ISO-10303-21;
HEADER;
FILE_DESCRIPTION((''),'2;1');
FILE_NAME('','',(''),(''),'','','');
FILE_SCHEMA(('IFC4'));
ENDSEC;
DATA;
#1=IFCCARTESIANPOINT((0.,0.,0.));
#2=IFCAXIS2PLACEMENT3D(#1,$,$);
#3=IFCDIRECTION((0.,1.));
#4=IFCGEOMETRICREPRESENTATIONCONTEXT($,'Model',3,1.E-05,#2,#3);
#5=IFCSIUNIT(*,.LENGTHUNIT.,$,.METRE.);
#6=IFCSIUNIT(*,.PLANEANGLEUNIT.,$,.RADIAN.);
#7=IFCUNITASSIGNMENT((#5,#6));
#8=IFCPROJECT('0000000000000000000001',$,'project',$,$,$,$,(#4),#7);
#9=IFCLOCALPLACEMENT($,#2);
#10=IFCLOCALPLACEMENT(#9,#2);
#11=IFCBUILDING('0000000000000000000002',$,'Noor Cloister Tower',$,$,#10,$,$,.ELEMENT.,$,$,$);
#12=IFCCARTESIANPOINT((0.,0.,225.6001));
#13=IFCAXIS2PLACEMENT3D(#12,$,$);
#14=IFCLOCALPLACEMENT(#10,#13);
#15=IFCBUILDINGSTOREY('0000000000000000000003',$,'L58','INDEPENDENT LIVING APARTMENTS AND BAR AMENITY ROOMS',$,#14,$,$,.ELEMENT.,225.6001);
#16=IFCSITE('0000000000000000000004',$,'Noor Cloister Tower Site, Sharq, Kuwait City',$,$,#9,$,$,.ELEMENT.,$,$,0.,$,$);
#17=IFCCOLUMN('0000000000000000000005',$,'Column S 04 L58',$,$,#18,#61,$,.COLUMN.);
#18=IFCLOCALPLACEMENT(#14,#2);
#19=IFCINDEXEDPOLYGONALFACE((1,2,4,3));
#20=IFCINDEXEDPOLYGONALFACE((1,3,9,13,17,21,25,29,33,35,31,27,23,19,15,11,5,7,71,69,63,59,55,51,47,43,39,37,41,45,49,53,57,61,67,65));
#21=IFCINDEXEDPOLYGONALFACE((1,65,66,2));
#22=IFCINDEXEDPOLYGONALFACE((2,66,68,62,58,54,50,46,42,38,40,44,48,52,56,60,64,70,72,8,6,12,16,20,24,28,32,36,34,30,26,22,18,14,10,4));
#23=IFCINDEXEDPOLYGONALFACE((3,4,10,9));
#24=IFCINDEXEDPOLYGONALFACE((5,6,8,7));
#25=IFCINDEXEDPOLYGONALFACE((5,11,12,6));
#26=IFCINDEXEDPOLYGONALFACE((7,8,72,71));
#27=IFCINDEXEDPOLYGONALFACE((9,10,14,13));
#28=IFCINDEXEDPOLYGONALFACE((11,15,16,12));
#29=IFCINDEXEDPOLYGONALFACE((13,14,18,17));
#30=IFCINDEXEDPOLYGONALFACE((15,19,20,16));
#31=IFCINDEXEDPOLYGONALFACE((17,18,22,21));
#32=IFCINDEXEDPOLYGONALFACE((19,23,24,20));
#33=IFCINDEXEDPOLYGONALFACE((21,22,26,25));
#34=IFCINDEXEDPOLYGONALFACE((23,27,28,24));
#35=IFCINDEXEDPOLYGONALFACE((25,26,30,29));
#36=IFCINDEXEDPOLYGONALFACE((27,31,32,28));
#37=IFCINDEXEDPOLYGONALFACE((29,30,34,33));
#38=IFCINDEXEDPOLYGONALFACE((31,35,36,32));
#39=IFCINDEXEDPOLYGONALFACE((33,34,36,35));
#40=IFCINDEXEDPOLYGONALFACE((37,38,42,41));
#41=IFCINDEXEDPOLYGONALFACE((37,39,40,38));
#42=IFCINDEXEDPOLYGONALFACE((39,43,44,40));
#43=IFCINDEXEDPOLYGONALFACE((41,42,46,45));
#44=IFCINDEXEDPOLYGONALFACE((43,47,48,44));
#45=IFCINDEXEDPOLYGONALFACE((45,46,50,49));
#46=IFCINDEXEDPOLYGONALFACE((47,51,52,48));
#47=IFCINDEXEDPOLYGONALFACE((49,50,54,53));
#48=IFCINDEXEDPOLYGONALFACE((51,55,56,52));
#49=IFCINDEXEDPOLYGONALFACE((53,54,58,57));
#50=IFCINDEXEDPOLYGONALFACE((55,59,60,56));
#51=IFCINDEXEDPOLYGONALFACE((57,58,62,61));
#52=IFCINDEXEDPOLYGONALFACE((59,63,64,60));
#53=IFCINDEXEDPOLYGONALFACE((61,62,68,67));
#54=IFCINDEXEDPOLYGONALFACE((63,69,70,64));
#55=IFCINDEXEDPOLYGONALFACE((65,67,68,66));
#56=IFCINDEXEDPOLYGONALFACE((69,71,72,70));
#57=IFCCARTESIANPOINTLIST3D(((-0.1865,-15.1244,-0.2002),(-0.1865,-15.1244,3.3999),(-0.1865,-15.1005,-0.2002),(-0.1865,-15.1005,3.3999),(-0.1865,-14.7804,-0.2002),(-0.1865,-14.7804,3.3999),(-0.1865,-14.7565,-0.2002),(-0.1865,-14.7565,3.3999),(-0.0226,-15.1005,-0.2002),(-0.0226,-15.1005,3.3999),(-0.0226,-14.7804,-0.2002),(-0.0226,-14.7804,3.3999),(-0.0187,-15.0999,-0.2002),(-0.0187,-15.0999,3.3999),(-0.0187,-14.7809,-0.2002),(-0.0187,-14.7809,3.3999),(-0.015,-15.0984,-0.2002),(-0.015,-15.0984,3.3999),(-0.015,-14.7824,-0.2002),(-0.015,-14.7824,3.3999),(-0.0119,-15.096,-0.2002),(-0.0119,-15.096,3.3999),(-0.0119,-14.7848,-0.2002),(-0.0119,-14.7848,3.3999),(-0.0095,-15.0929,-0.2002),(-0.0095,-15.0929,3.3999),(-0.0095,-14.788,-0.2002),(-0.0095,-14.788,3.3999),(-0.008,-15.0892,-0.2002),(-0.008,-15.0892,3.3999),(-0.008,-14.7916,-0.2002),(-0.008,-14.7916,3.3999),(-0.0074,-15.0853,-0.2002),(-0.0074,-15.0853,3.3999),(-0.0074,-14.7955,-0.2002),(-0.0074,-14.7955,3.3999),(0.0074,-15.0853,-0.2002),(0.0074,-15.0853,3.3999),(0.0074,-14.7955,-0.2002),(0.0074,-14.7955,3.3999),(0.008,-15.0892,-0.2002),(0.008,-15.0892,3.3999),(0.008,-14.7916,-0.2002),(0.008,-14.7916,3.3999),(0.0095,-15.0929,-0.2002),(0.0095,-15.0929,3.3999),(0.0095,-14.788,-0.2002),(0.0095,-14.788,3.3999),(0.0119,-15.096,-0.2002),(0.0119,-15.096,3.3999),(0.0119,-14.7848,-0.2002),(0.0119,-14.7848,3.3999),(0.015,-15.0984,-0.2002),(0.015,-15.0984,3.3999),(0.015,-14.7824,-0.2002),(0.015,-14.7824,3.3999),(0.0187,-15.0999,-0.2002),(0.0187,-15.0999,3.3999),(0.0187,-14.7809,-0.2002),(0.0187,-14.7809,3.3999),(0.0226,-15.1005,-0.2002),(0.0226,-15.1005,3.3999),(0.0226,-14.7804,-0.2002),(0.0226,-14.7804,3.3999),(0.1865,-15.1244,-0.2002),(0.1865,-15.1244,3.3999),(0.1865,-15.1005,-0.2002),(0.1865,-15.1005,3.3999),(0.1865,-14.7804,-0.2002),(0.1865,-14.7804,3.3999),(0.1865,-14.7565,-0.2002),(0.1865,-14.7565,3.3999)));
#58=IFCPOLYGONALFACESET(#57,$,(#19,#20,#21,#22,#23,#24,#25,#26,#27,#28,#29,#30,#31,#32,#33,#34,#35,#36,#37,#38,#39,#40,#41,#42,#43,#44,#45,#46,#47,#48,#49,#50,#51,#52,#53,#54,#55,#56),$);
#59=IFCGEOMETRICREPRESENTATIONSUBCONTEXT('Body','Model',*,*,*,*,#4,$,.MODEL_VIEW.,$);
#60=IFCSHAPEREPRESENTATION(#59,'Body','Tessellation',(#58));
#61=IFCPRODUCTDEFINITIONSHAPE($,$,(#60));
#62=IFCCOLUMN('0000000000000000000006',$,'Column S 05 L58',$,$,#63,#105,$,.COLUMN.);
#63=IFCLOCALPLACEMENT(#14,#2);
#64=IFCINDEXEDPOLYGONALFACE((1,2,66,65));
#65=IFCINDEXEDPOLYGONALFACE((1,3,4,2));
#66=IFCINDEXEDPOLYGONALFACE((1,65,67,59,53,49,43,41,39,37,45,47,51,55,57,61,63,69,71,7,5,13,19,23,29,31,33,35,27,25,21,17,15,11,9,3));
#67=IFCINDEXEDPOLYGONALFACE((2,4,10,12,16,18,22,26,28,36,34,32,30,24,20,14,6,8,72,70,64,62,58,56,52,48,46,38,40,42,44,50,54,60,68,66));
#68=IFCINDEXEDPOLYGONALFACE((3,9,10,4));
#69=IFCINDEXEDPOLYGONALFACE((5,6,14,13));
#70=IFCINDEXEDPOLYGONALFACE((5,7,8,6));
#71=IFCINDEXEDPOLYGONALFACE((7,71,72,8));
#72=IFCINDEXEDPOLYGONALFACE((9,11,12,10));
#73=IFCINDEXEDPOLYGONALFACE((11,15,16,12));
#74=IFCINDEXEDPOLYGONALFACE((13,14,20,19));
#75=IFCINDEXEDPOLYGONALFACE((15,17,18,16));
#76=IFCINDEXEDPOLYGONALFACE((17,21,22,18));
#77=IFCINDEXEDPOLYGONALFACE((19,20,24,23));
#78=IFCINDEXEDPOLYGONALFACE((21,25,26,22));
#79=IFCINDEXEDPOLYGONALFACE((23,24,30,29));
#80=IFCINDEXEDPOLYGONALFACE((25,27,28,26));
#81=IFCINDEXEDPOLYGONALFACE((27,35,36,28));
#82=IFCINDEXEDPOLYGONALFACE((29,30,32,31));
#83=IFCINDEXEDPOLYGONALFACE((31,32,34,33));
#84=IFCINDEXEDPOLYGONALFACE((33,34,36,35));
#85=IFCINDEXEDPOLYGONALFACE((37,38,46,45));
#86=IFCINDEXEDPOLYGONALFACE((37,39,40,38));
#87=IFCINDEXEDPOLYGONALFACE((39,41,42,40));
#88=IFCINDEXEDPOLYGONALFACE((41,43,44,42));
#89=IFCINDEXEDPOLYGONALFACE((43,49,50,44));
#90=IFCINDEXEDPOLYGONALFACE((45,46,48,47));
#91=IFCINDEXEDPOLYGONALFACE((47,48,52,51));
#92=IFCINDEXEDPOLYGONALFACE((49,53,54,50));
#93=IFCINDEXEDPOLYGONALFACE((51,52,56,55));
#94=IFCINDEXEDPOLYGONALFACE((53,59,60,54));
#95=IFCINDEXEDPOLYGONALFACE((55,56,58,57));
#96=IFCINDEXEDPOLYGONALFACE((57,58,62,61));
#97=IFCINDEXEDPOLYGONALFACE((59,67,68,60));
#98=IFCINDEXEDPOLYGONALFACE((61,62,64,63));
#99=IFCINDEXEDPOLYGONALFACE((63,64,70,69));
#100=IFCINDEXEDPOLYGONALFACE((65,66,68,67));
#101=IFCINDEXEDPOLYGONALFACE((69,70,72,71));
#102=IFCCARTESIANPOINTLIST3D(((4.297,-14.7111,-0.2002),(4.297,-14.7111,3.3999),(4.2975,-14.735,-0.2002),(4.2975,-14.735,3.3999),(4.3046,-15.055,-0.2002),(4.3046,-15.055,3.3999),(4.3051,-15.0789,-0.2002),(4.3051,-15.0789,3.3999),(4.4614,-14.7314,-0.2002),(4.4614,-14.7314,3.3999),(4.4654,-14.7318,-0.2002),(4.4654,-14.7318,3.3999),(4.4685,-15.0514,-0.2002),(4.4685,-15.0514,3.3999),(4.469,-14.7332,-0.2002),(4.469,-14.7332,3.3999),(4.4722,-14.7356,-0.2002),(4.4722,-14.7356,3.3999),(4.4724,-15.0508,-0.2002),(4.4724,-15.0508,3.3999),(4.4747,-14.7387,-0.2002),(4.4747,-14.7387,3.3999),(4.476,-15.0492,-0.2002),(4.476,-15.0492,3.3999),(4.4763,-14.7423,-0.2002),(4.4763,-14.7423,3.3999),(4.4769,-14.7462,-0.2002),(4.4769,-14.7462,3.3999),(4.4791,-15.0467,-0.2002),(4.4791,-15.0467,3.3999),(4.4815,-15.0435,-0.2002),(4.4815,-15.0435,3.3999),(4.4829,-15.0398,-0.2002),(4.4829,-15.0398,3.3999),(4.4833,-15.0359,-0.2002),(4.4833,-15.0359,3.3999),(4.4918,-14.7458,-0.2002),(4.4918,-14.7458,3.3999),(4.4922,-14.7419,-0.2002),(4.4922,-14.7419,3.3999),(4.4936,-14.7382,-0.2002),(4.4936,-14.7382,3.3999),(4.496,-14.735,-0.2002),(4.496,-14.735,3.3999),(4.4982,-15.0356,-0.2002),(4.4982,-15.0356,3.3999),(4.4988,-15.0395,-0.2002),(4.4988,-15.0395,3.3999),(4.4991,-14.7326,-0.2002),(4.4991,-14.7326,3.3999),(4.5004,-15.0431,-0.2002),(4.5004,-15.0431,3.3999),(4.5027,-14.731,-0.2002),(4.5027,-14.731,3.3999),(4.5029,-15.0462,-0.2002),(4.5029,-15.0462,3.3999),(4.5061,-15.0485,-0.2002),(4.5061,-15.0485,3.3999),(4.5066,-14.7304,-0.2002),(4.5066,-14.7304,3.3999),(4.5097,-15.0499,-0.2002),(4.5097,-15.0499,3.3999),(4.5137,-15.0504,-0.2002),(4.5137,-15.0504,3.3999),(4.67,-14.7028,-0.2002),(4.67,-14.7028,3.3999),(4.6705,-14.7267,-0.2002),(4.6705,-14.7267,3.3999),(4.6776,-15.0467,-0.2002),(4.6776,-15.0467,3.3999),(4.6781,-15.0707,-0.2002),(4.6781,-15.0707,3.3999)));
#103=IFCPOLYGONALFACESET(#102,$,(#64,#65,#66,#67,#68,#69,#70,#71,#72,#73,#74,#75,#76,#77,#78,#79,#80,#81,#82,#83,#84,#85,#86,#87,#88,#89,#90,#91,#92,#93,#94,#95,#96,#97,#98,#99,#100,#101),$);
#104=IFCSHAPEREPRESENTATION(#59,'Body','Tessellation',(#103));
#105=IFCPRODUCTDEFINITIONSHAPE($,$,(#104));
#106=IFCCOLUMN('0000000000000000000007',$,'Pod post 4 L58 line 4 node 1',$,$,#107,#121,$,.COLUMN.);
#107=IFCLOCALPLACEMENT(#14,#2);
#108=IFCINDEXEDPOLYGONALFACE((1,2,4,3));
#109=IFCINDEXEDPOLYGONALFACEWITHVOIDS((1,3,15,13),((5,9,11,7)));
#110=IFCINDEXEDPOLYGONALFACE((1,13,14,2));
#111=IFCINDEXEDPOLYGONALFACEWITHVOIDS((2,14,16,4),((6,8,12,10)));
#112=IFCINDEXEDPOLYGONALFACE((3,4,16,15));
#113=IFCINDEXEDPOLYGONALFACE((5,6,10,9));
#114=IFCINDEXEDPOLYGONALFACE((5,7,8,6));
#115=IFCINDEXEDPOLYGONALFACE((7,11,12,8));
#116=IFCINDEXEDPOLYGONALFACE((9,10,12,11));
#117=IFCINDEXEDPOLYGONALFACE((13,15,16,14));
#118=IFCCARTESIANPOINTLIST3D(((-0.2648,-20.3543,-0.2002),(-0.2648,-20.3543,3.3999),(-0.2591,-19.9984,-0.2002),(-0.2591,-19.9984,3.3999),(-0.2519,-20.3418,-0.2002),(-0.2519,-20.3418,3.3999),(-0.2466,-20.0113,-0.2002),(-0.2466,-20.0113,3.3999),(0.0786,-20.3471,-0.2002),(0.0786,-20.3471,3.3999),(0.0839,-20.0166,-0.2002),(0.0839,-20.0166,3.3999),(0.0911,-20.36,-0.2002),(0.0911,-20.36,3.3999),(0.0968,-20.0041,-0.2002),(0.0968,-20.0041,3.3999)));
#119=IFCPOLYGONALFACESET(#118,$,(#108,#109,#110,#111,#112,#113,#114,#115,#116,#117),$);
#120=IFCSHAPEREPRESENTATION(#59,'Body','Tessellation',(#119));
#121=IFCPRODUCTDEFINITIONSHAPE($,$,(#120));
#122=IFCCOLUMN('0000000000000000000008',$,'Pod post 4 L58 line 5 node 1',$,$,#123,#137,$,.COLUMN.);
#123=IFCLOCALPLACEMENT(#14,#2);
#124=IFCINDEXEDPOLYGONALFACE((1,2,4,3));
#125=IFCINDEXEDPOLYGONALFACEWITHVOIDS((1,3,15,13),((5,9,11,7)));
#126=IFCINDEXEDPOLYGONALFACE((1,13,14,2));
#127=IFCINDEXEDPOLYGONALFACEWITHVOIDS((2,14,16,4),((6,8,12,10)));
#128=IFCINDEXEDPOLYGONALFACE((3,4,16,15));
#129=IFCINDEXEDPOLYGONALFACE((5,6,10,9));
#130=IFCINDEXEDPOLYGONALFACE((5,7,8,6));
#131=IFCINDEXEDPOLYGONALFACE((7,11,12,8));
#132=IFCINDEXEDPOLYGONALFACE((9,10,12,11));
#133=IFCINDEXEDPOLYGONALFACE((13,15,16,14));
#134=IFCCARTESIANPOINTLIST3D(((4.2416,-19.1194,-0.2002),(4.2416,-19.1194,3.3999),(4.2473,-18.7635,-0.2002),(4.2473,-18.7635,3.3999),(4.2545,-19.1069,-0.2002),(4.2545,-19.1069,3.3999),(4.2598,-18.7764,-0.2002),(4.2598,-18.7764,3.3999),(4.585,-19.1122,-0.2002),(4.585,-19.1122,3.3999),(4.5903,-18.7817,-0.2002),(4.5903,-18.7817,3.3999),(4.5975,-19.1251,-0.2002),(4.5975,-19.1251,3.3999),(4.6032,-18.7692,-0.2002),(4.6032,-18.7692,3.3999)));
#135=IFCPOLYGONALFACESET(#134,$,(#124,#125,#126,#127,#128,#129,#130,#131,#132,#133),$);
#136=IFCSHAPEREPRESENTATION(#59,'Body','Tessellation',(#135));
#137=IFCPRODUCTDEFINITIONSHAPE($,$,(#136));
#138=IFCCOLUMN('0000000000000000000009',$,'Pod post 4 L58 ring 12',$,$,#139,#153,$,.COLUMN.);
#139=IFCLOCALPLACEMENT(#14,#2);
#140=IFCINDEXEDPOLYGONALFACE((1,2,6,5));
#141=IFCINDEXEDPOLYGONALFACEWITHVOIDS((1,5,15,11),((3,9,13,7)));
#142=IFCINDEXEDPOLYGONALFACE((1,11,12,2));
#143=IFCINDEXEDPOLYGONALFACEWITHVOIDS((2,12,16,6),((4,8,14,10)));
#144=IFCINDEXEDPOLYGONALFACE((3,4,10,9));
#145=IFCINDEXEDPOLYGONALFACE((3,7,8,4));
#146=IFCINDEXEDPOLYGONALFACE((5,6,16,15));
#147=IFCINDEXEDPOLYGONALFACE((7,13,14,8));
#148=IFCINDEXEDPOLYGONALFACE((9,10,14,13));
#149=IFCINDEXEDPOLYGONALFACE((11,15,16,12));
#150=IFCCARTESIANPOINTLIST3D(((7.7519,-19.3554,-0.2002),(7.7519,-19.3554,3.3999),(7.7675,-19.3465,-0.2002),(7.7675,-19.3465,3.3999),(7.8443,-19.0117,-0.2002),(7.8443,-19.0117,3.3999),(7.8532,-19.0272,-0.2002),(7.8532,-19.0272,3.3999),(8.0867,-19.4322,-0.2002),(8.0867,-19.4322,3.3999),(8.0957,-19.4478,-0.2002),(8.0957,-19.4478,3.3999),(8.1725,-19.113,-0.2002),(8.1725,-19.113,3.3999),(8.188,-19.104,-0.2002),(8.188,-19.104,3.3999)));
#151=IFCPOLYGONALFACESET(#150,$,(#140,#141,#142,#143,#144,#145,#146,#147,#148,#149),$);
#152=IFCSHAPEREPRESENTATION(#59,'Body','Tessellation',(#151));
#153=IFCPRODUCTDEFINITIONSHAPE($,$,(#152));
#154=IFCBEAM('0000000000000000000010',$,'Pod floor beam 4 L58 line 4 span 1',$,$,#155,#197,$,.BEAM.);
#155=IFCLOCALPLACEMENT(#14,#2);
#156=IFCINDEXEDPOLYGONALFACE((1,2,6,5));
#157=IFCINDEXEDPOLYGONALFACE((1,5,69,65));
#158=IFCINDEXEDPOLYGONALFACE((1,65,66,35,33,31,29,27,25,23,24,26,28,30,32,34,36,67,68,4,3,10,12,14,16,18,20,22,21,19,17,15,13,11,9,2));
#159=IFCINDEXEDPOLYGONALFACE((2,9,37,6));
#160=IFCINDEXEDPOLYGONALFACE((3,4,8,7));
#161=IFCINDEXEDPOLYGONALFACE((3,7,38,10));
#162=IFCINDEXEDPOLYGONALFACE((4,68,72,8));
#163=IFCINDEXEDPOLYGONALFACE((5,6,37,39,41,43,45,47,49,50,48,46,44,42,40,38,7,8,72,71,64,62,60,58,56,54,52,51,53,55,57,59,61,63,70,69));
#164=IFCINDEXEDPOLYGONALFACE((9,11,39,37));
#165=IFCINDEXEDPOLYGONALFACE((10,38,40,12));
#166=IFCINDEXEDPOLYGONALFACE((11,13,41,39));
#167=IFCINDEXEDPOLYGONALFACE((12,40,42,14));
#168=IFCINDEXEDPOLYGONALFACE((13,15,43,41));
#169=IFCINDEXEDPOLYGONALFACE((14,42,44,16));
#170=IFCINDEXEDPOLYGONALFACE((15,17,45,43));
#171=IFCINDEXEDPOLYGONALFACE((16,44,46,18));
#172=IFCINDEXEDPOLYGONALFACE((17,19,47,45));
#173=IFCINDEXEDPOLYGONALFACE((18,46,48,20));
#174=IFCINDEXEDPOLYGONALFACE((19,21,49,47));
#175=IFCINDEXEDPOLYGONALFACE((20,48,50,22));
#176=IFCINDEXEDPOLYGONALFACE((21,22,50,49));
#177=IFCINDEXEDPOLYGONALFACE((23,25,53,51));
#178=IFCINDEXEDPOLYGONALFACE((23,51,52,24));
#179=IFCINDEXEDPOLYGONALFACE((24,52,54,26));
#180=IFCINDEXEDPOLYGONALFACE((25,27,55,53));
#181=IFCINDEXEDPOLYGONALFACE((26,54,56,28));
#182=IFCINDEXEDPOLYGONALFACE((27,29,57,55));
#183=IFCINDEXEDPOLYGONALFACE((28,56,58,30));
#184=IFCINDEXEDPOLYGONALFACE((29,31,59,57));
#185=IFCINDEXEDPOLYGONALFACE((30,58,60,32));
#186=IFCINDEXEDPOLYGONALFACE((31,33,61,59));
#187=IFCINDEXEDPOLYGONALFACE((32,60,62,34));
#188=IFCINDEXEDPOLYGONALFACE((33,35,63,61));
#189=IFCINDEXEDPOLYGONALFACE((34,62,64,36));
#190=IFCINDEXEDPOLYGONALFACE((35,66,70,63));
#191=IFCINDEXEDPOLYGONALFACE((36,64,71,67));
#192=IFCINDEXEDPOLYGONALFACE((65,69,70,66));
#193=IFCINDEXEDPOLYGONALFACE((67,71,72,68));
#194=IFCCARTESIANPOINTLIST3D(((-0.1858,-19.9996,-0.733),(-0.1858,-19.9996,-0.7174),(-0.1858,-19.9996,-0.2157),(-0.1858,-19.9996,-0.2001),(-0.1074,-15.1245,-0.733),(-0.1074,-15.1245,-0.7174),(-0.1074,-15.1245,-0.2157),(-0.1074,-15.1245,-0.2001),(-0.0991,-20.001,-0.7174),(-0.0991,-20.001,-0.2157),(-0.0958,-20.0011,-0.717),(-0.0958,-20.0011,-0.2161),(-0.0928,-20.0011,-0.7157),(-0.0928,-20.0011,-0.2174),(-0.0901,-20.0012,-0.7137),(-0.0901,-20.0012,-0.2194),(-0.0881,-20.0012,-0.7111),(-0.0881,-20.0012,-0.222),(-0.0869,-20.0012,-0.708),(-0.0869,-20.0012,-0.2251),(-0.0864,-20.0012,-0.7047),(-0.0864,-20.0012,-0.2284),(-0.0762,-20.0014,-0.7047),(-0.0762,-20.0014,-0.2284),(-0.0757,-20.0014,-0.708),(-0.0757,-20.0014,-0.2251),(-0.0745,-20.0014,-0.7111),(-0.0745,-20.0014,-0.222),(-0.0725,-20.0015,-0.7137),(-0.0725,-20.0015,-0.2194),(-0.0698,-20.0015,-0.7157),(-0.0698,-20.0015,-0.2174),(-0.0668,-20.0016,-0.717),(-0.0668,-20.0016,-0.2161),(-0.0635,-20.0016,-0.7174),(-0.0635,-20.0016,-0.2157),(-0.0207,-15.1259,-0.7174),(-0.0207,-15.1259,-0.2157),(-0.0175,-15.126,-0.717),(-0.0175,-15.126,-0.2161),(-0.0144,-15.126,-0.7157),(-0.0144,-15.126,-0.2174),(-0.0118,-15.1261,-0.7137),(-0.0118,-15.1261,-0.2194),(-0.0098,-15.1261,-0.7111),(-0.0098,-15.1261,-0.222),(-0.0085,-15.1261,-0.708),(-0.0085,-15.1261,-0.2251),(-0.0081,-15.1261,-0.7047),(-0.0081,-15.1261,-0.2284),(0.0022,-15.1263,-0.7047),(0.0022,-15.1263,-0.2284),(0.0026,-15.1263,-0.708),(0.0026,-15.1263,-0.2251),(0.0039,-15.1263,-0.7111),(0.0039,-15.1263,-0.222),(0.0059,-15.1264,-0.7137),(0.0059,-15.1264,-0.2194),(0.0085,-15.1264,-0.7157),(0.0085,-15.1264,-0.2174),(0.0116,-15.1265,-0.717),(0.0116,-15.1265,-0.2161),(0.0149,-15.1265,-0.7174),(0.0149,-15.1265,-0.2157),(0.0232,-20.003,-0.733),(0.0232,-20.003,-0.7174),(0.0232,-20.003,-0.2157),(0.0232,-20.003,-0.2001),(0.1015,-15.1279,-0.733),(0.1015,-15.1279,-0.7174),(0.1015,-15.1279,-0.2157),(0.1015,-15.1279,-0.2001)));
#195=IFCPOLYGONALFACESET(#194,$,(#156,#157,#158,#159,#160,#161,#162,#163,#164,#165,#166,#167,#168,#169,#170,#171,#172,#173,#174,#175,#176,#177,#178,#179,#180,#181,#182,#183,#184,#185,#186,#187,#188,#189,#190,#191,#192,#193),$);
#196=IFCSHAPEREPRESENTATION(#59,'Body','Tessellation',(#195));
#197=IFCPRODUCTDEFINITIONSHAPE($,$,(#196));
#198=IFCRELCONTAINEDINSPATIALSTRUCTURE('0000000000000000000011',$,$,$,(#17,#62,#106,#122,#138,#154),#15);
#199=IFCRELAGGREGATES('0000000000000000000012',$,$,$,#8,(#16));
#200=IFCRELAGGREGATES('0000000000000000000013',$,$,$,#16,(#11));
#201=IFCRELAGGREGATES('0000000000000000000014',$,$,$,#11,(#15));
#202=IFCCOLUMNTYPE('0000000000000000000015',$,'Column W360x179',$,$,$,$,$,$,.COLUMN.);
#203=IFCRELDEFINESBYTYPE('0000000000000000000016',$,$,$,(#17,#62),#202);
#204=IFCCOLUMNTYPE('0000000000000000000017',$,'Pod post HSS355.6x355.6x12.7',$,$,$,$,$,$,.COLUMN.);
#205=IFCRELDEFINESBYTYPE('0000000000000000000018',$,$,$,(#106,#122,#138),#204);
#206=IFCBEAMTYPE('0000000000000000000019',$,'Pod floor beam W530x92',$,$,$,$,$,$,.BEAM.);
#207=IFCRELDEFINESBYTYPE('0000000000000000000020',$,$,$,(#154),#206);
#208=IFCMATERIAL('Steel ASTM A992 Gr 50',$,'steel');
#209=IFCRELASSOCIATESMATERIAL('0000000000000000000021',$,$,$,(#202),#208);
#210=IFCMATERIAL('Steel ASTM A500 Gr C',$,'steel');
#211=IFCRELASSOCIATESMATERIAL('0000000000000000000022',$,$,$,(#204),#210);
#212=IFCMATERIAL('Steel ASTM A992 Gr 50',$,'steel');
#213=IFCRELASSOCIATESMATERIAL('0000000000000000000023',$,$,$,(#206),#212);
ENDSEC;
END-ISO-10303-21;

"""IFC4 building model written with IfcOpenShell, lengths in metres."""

from ifc_helpers import new_model, si_unit, direction, frame, origin, origin_2d, place, context, subcontext, project, spatial, hollow_rectangle, i_section, extrude, material, material_profile, profile_set, type_object, element, save


model = new_model("IFC4")

# Units and contexts
model_context = context("Model", 3, precision=1e-05, world=origin(), true_north=direction((0.0, 1.0)))
body_context = subcontext(model_context, "Body", "Model", "MODEL_VIEW")
ifc_project = project(units=[si_unit("LENGTHUNIT", "METRE"), si_unit("PLANEANGLEUNIT", "RADIAN")], contexts=[model_context])

# Site, building, storey
site_placement = place(None, origin())
site = spatial("IfcSite", under=ifc_project, at=site_placement, Name="Noor Cloister Tower Site, Sharq, Kuwait City", CompositionType="ELEMENT", RefElevation=0.0)
building_placement = place(site_placement, origin())
building = spatial("IfcBuilding", under=site, at=building_placement, Name="Noor Cloister Tower", CompositionType="ELEMENT")
storey_placement = place(building_placement, frame((0.0, 0.0, 225.6001)))
storey = spatial("IfcBuildingStorey", under=building, at=storey_placement, Name="L58", Description="INDEPENDENT LIVING APARTMENTS AND BAR AMENITY ROOMS", CompositionType="ELEMENT", Elevation=225.6001)

# Columns
ifc_material_1 = material(Name="Steel ASTM A992 Gr 50", Category="steel")
ifc_material_profile_1 = material_profile(ifc_material_1, i_section(OverallWidth=0.373, OverallDepth=0.3679, WebThickness=0.0149, FlangeThickness=0.0239, FilletRadius=0.0151, at=origin_2d()), Name="W360x179")
ifc_profile_set_1 = profile_set([ifc_material_profile_1], Name="Steel ASTM A992 Gr 50")
column_type_1 = type_object("IfcColumnType", Name="Column W360x179", PredefinedType="COLUMN", material=ifc_profile_set_1)
for number, where, z_axis, x_axis, name in (
    (1, (0.0, -14.9404, -0.2002), (0.0, 0.0, 1.0), (1.0, 0.0, 0.0), "Column S 04 L58"),
    (2, (4.4875, -14.8909, -0.2002), (0.0, 0.0, 1.0), (0.999755, 0.022132, 0.0), "Column S 05 L58"),
):
    element("IfcColumn", number, at=place(storey_placement, frame(where, z_axis=z_axis, x_axis=x_axis)), inside=storey, type_object=column_type_1, Name=name, PredefinedType="COLUMN", context=body_context, shape_type="SweptSolid", body=[
        extrude(i_section(OverallWidth=0.373, OverallDepth=0.3679, WebThickness=0.0149, FlangeThickness=0.0239, FilletRadius=0.0151, at=origin_2d()), origin(), (0.0, 0.0, 1.0), 3.6001),
    ])
ifc_material_2 = material(Name="Steel ASTM A500 Gr C", Category="steel")
ifc_material_profile_2 = material_profile(ifc_material_2, hollow_rectangle(XDim=0.356, YDim=0.356, WallThickness=0.0127, at=origin_2d()), Name="HSS355.6x355.6x12.7")
ifc_profile_set_2 = profile_set([ifc_material_profile_2], Name="Steel ASTM A500 Gr C")
column_type_2 = type_object("IfcColumnType", Name="Pod post HSS355.6x355.6x12.7", PredefinedType="COLUMN", material=ifc_profile_set_2)
for number, where, z_axis, x_axis, name in (
    (3, (-0.084, -20.1792, -0.2002), (0.0, 0.0, 1.0), (-0.016039, -0.999871, 0.0), "Pod post 4 L58 line 4 node 1"),
    (4, (4.4224, -18.9443, -0.2002), (0.0, 0.0, 1.0), (-0.016039, -0.999871, 0.0), "Pod post 4 L58 line 5 node 1"),
    (5, (7.97, -19.2297, -0.2002), (0.0, 0.0, 1.0), (0.259465, 0.965752, 0.0), "Pod post 4 L58 ring 12"),
):
    element("IfcColumn", number, at=place(storey_placement, frame(where, z_axis=z_axis, x_axis=x_axis)), inside=storey, type_object=column_type_2, Name=name, PredefinedType="COLUMN", context=body_context, shape_type="SweptSolid", body=[
        extrude(hollow_rectangle(XDim=0.356, YDim=0.356, WallThickness=0.0127, at=origin_2d()), origin(), (0.0, 0.0, 1.0), 3.6001),
    ])

# Beam
ifc_material_3 = material(Name="Steel ASTM A992 Gr 50", Category="steel")
ifc_material_profile_3 = material_profile(ifc_material_3, i_section(OverallWidth=0.209, OverallDepth=0.533, WebThickness=0.0103, FlangeThickness=0.0156, FilletRadius=0.0127, at=origin_2d()), Name="W530x92")
ifc_profile_set_3 = profile_set([ifc_material_profile_3], Name="Steel ASTM A992 Gr 50")
beam_type_1 = type_object("IfcBeamType", Name="Pod floor beam W530x92", PredefinedType="BEAM", material=ifc_profile_set_3)
beam_1_placement = place(storey_placement, frame((-0.0029, -15.1262, -0.4666), z_axis=(-0.016074, -0.999871, 0.0), x_axis=(0.999871, -0.016074, 0.0)))
element("IfcBeam", 6, at=beam_1_placement, inside=storey, type_object=beam_type_1, Name="Pod floor beam 4 L58 line 4 span 1", PredefinedType="BEAM", context=body_context, shape_type="SweptSolid", body=[
    extrude(i_section(OverallWidth=0.209, OverallDepth=0.533, WebThickness=0.0103, FlangeThickness=0.0156, FilletRadius=0.0127, at=origin_2d()), origin(), (0.0, 0.0, 1.0), 4.8757),
])

save(model, "model.ifc")
